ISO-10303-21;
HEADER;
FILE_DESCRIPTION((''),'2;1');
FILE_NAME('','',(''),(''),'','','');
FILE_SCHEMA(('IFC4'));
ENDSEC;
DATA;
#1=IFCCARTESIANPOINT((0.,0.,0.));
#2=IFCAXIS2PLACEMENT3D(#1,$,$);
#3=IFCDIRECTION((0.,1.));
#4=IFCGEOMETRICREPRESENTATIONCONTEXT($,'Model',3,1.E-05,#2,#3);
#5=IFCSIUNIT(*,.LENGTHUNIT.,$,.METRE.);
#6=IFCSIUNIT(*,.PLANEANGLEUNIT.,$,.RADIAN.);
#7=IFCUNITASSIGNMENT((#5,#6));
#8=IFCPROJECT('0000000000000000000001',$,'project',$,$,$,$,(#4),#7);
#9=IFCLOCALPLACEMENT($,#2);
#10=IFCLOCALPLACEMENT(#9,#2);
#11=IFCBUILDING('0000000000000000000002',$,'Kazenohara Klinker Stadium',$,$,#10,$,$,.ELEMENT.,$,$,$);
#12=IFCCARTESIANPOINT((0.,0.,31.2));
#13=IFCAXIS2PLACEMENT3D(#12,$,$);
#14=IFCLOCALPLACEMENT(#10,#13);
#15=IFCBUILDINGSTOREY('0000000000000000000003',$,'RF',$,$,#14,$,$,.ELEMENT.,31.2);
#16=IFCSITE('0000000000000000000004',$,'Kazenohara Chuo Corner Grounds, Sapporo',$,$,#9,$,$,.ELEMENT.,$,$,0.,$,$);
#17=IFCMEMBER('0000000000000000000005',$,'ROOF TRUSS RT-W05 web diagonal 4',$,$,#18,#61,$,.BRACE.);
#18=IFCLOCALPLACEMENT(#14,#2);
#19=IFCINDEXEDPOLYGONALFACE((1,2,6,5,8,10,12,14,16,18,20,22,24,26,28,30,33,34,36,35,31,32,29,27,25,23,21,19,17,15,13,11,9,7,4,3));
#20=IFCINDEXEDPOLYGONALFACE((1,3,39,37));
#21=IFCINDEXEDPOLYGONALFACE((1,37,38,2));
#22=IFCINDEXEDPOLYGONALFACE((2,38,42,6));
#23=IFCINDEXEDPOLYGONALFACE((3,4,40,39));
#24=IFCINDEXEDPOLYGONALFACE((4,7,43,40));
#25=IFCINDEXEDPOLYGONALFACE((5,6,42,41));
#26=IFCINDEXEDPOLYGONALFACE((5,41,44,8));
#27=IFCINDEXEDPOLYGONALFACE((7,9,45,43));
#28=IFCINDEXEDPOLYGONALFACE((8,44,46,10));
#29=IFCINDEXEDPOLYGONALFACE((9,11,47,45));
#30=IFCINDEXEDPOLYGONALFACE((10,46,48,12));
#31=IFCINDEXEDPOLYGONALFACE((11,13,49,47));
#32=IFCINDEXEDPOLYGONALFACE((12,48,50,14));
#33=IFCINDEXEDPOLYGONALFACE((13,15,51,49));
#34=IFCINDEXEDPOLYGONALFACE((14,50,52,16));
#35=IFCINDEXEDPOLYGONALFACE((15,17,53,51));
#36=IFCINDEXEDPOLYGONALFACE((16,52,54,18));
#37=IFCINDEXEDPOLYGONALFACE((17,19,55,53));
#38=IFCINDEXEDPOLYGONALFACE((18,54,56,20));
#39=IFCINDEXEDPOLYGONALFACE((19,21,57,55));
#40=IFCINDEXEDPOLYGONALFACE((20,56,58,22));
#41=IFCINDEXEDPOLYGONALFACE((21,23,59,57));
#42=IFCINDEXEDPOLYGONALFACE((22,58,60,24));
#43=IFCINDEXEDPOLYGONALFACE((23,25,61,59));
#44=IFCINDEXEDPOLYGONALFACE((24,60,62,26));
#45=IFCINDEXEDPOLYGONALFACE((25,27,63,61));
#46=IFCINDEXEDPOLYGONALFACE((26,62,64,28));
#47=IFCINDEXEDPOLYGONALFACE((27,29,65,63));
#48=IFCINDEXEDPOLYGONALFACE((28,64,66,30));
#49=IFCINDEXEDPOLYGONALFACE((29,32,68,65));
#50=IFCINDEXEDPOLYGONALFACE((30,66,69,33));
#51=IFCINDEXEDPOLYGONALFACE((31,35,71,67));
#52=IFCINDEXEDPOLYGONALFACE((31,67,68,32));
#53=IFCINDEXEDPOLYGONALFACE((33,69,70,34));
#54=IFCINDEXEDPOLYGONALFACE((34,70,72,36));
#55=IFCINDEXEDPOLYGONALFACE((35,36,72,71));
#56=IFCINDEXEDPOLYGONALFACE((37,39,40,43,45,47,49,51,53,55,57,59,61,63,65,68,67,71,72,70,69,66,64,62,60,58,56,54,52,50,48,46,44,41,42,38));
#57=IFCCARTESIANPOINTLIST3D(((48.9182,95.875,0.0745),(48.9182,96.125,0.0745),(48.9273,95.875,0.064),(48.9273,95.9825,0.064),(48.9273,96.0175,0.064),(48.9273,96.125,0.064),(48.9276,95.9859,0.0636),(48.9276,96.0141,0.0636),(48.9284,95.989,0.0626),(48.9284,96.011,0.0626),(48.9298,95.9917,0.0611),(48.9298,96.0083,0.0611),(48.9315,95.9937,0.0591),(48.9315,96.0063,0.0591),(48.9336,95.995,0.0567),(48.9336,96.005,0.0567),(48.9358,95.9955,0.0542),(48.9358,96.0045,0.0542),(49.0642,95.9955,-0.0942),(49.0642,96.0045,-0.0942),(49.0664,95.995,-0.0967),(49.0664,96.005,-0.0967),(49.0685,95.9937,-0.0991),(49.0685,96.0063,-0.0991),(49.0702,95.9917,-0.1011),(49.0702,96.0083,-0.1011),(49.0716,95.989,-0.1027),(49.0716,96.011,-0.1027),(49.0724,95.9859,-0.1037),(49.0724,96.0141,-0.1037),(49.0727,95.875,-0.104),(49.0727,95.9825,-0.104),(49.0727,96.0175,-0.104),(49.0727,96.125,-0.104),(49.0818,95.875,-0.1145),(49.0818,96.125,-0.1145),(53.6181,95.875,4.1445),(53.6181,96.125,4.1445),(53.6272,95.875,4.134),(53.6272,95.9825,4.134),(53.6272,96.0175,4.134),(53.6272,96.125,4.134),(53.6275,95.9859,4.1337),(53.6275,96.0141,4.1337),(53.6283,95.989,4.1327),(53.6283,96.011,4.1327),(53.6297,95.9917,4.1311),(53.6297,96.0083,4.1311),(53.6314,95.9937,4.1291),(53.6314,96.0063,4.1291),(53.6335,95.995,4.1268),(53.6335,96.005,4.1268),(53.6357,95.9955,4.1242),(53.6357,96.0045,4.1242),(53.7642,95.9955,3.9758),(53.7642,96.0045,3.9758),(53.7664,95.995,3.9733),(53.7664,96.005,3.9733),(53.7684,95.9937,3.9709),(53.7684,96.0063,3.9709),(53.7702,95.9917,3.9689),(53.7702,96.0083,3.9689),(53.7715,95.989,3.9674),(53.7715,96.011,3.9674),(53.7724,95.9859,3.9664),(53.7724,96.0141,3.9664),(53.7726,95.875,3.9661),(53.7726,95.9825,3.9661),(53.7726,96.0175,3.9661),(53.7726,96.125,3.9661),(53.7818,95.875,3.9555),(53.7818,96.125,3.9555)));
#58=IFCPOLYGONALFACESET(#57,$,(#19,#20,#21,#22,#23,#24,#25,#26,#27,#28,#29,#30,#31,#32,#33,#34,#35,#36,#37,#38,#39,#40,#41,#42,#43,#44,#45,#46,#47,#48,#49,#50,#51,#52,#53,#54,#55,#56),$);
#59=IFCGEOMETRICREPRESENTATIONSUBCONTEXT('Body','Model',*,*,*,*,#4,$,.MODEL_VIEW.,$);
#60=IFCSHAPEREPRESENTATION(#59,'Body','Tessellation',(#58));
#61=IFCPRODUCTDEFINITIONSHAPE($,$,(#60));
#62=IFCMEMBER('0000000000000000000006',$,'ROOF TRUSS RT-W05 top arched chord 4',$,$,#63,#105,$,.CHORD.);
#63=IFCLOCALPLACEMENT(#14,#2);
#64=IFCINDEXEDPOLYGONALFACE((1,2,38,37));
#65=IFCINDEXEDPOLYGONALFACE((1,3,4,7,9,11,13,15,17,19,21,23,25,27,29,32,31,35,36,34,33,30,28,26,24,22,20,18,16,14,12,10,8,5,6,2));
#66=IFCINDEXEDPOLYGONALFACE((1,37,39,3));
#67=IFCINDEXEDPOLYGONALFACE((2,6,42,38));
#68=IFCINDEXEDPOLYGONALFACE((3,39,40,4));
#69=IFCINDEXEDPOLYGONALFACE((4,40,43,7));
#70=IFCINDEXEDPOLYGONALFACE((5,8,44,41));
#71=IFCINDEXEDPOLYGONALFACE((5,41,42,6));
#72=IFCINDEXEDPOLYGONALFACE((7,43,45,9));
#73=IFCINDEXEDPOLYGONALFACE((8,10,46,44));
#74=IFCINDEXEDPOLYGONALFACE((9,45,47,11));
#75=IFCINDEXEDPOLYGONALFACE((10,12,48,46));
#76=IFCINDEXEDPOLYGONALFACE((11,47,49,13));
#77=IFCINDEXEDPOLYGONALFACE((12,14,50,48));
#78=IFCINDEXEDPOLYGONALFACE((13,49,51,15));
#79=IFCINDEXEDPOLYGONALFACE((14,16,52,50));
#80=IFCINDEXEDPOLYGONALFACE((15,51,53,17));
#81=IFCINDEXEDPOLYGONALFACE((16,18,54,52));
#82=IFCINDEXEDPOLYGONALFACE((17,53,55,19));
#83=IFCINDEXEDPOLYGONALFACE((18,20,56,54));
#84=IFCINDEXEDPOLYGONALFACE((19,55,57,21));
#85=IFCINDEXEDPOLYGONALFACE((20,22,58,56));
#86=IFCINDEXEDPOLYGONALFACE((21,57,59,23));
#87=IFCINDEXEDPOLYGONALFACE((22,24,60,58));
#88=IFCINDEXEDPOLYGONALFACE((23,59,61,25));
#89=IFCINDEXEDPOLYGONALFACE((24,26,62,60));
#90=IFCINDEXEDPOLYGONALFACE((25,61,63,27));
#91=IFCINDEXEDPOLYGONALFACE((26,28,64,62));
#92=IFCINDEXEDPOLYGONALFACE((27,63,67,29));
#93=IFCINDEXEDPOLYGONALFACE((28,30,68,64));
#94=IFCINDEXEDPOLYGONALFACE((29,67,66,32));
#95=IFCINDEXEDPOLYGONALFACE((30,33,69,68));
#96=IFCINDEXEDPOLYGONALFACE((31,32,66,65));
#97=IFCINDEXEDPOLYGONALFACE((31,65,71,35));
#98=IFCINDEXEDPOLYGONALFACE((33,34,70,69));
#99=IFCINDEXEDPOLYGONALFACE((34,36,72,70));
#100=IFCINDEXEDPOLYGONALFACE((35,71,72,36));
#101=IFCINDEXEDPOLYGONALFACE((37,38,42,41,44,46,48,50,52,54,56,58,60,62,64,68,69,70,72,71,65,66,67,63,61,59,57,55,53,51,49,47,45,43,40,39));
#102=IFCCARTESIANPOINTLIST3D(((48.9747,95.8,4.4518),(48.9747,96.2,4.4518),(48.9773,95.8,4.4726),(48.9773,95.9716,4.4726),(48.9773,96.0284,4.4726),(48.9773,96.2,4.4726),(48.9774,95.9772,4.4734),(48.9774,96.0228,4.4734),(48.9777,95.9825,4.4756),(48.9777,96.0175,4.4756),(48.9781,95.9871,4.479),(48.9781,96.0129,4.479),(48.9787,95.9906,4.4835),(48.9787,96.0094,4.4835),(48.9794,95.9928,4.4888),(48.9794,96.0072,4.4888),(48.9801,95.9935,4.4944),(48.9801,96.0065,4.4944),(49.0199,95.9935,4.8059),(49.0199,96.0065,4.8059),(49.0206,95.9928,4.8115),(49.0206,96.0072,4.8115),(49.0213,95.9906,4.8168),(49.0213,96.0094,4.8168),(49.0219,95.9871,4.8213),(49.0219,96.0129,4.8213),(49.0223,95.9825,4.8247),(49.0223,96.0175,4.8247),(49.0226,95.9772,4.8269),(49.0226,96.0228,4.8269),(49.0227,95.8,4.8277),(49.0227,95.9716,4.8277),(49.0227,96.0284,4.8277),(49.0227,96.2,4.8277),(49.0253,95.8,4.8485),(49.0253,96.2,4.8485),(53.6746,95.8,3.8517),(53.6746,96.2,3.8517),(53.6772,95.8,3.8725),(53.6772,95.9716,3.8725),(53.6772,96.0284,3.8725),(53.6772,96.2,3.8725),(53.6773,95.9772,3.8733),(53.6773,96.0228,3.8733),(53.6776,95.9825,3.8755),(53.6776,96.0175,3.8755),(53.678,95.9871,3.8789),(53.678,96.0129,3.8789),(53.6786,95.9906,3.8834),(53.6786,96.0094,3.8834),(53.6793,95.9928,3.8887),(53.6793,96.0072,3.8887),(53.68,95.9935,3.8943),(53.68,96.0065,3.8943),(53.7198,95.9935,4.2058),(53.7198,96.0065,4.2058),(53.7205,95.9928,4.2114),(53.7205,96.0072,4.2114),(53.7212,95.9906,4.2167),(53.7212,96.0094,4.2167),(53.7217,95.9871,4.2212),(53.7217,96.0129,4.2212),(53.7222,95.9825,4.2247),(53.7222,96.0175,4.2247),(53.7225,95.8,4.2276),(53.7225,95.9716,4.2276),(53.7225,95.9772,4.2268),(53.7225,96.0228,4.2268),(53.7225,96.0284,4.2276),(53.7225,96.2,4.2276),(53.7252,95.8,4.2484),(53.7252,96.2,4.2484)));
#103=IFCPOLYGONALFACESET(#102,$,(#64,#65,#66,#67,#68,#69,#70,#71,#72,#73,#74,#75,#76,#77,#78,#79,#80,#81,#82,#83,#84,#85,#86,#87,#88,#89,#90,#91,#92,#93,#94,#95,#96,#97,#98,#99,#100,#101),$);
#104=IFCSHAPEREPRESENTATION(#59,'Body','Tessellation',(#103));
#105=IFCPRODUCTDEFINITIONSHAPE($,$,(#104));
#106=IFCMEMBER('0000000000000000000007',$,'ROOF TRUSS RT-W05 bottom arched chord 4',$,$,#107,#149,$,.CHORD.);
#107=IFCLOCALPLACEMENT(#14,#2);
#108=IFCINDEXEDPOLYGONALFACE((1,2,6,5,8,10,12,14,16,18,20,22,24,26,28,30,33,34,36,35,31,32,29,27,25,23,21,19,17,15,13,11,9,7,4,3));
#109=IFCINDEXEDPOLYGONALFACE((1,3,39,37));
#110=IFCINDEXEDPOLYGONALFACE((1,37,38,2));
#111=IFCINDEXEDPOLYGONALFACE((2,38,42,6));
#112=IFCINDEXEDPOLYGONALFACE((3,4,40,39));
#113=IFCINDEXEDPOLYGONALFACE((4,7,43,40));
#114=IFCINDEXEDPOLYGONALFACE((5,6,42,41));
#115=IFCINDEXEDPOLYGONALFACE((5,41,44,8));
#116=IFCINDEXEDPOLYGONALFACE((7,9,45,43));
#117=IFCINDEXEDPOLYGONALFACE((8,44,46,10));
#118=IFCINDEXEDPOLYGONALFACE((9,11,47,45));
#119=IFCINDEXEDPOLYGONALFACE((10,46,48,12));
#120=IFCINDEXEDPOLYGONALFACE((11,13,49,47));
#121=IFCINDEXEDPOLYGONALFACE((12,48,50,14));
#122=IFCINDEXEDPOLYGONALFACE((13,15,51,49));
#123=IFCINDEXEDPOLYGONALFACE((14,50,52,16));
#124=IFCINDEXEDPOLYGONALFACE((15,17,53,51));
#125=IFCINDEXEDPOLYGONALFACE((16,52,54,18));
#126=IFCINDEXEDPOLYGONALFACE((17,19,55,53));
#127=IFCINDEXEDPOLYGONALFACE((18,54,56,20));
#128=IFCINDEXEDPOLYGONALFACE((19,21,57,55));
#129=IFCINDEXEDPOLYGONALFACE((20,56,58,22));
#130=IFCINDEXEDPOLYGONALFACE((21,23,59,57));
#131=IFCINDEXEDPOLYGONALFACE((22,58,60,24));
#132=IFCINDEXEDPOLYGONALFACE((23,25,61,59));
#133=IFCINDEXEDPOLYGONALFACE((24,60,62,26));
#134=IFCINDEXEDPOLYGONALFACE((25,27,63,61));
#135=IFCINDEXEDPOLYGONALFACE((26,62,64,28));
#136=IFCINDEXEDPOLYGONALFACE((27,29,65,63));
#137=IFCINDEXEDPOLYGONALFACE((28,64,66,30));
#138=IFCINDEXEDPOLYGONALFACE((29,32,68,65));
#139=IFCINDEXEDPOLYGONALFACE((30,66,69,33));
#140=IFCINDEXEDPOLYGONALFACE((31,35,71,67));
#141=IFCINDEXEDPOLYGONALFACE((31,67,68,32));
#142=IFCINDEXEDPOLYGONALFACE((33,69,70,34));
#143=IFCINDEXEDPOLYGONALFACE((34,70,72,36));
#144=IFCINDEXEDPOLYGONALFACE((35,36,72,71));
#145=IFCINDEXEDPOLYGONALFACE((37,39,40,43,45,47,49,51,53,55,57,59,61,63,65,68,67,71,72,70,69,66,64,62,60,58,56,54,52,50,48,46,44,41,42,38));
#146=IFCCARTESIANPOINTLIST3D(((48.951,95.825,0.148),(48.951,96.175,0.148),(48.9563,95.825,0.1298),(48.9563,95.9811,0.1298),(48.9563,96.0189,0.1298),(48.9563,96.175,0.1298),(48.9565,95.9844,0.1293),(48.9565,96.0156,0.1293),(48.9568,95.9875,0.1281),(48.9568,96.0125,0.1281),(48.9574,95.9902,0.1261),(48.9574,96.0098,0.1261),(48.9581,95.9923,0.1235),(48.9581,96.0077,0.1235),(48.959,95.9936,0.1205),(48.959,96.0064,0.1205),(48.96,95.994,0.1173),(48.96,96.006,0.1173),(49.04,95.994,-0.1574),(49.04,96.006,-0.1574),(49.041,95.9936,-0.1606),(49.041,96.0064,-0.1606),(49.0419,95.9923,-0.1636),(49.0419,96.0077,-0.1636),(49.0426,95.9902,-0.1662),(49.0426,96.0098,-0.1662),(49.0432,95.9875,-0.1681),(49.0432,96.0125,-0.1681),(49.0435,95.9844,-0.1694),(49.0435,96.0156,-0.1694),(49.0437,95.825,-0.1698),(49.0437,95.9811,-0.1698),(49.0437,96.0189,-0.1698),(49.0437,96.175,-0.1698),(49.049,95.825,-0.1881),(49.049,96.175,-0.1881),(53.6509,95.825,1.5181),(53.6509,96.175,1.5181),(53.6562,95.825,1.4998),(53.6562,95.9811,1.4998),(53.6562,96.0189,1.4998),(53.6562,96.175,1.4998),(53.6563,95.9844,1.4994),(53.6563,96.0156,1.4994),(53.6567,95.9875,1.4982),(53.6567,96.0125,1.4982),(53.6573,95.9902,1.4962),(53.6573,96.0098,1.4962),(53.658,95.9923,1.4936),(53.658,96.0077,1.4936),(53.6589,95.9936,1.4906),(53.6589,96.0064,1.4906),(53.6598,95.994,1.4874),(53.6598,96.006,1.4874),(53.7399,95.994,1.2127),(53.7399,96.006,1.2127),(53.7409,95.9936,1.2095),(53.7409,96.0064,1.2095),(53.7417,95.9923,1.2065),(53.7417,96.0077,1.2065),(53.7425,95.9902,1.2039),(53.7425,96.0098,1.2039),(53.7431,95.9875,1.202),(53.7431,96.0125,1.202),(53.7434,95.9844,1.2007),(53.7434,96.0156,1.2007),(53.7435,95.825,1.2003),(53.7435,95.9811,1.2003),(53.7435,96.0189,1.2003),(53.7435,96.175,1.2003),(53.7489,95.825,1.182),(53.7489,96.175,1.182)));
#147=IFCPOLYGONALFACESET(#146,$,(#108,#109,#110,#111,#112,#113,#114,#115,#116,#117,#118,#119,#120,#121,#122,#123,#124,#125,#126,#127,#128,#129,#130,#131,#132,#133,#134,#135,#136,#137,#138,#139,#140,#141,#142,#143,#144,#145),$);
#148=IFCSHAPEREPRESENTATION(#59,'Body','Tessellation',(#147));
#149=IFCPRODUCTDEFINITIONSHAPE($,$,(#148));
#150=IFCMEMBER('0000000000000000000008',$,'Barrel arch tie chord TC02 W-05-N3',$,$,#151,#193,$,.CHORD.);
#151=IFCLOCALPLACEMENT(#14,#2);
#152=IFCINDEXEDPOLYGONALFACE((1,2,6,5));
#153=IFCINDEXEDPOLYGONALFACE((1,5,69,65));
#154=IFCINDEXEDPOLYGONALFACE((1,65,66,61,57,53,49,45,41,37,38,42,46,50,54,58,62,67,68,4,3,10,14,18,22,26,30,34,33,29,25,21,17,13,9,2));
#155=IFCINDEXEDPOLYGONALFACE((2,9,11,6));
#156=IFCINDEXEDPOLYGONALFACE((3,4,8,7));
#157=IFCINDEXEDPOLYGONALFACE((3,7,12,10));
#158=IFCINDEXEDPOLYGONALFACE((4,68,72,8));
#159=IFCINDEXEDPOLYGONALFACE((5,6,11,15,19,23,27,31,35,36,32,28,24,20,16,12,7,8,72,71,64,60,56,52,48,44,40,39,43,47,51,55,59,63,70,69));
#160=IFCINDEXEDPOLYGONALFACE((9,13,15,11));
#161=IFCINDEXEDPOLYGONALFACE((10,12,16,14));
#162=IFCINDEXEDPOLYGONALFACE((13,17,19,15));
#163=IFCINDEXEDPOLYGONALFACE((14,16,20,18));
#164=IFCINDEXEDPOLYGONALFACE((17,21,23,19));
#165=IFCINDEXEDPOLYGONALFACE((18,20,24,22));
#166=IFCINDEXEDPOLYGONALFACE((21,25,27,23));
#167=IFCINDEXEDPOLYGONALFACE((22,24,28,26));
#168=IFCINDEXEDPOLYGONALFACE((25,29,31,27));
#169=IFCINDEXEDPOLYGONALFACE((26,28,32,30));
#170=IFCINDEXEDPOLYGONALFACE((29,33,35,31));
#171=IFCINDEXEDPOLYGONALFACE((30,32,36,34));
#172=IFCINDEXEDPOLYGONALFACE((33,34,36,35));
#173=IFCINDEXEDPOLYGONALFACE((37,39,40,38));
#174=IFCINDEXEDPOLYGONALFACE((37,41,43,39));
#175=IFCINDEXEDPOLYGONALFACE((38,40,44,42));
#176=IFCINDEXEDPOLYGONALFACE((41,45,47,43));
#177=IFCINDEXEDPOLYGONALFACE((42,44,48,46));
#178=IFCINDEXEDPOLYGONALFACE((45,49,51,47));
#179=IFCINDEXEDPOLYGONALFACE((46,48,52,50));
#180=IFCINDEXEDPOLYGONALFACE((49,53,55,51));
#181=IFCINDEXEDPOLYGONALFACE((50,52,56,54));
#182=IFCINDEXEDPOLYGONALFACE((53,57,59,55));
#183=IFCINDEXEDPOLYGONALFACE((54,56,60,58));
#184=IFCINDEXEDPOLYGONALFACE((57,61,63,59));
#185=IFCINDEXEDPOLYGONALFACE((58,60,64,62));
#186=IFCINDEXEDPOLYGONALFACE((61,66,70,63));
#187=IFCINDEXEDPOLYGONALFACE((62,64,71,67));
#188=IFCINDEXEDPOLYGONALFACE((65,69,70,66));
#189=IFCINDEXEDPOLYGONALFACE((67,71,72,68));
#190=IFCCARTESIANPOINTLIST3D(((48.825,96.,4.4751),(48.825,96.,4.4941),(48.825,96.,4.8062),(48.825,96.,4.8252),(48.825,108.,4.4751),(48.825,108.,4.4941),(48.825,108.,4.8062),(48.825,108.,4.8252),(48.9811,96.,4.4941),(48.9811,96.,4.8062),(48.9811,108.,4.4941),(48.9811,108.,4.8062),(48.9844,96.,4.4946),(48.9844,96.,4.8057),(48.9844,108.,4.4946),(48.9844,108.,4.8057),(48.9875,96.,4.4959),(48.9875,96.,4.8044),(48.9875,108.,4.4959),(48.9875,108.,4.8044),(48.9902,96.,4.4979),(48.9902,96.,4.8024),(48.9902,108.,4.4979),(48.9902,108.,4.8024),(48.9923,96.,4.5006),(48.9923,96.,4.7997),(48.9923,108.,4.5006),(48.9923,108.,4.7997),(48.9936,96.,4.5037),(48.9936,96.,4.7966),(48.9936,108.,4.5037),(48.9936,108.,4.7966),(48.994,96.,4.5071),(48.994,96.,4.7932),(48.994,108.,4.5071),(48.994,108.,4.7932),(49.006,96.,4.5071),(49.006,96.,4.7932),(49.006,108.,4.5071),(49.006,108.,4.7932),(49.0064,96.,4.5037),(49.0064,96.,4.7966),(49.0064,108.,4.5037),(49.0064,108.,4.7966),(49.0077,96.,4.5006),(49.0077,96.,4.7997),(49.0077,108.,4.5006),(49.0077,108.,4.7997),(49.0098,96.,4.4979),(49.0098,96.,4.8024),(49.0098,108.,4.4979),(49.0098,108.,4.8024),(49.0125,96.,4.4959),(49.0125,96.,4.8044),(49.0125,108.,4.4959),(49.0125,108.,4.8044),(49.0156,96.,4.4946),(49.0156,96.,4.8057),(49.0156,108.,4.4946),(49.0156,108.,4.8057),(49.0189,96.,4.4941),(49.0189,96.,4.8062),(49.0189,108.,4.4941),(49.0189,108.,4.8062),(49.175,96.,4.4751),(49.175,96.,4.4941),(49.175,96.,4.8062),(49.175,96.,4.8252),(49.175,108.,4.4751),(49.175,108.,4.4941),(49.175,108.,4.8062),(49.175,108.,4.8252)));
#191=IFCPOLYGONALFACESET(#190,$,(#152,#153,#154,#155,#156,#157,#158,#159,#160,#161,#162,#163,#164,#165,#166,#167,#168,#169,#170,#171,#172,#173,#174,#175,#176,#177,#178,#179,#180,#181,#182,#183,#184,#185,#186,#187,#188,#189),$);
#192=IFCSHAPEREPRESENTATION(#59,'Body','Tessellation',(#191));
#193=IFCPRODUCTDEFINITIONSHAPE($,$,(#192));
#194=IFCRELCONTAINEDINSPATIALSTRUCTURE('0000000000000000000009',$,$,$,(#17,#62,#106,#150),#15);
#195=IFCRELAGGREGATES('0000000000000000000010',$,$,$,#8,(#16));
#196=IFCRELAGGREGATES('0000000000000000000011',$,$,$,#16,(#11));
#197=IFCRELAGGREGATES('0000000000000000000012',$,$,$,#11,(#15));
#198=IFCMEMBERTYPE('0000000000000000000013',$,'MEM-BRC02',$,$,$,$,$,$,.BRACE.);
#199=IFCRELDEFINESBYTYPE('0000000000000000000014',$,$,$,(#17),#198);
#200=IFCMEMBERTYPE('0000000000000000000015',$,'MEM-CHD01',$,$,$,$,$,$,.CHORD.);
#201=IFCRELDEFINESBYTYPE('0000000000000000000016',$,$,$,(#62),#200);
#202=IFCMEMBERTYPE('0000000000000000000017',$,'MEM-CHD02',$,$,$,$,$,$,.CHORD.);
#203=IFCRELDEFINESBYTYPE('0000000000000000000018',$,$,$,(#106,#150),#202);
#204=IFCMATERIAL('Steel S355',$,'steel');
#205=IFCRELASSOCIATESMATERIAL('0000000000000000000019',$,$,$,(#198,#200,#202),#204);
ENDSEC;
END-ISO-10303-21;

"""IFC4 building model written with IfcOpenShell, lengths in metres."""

from ifc_helpers import new_model, si_unit, direction, frame, origin, origin_2d, place, context, subcontext, project, spatial, i_section, extrude, material, material_profile, profile_set, type_object, element, save


model = new_model("IFC4")

# Units and contexts
model_context = context("Model", 3, precision=1e-05, world=origin(), true_north=direction((0.0, 1.0)))
body_context = subcontext(model_context, "Body", "Model", "MODEL_VIEW")
ifc_project = project(units=[si_unit("LENGTHUNIT", "METRE"), si_unit("PLANEANGLEUNIT", "RADIAN")], contexts=[model_context])

# Site, building, storey
site_placement = place(None, origin())
site = spatial("IfcSite", under=ifc_project, at=site_placement, Name="Kazenohara Chuo Corner Grounds, Sapporo", CompositionType="ELEMENT", RefElevation=0.0)
building_placement = place(site_placement, origin())
building = spatial("IfcBuilding", under=site, at=building_placement, Name="Kazenohara Klinker Stadium", CompositionType="ELEMENT")
storey_placement = place(building_placement, frame((0.0, 0.0, 31.2)))
storey = spatial("IfcBuildingStorey", under=building, at=storey_placement, Name="RF", CompositionType="ELEMENT", Elevation=31.2)

# Members
ifc_material_1 = material(Name="Steel S355", Category="steel")
ifc_material_profile_1 = material_profile(ifc_material_1, i_section(OverallWidth=0.25, OverallDepth=0.25, WebThickness=0.009, FlangeThickness=0.0139, FilletRadius=0.0129, at=origin_2d()), Name="H-250x250x9x14")
ifc_profile_set_1 = profile_set([ifc_material_profile_1], Name="Steel S355")
member_type_1 = type_object("IfcMemberType", Name="MEM-BRC02", PredefinedType="BRACE", material=ifc_profile_set_1)
member_1_placement = place(storey_placement, frame((49.0, 96.0, -0.02), z_axis=(0.755946, 0.0, 0.654634), x_axis=(0.0, 1.0, 0.0)))
element("IfcMember", 1, at=member_1_placement, inside=storey, type_object=member_type_1, Name="ROOF TRUSS RT-W05 web diagonal 4", PredefinedType="BRACE", context=body_context, shape_type="SweptSolid", body=[
    extrude(i_section(OverallWidth=0.25, OverallDepth=0.25, WebThickness=0.009, FlangeThickness=0.0139, FilletRadius=0.0129, at=origin_2d()), origin(), (0.0, 0.0, 1.0), 6.2173),
])
ifc_material_profile_2 = material_profile(ifc_material_1, i_section(OverallWidth=0.3999, OverallDepth=0.3999, WebThickness=0.0129, FlangeThickness=0.021, FilletRadius=0.022, at=origin_2d()), Name="H-400x400x13x21")
ifc_profile_set_2 = profile_set([ifc_material_profile_2], Name="Steel S355")
member_type_2 = type_object("IfcMemberType", Name="MEM-CHD01", PredefinedType="CHORD", material=ifc_profile_set_2)
member_2_placement = place(storey_placement, frame((49.0, 96.0, 4.6501), z_axis=(0.991947, 0.0, -0.126653), x_axis=(0.0, 1.0, 0.0)))
element("IfcMember", 2, at=member_2_placement, inside=storey, type_object=member_type_2, Name="ROOF TRUSS RT-W05 top arched chord 4", PredefinedType="CHORD", context=body_context, shape_type="SweptSolid", body=[
    extrude(i_section(OverallWidth=0.3999, OverallDepth=0.3999, WebThickness=0.0129, FlangeThickness=0.021, FilletRadius=0.022, at=origin_2d()), origin(), (0.0, 0.0, 1.0), 4.738),
])
ifc_material_profile_3 = material_profile(ifc_material_1, i_section(OverallWidth=0.3501, OverallDepth=0.3501, WebThickness=0.012, FlangeThickness=0.019, FilletRadius=0.0129, at=origin_2d()), Name="H-350x350x12x19")
ifc_profile_set_3 = profile_set([ifc_material_profile_3], Name="Steel S355")
member_type_3 = type_object("IfcMemberType", Name="MEM-CHD02", PredefinedType="CHORD", material=ifc_profile_set_3)
member_3_placement = place(storey_placement, frame((49.0, 96.0, -0.02), z_axis=(0.960039, 0.0, 0.279868), x_axis=(0.0, 1.0, 0.0)))
element("IfcMember", 3, at=member_3_placement, inside=storey, type_object=member_type_3, Name="ROOF TRUSS RT-W05 bottom arched chord 4", PredefinedType="CHORD", context=body_context, shape_type="SweptSolid", body=[
    extrude(i_section(OverallWidth=0.3501, OverallDepth=0.3501, WebThickness=0.012, FlangeThickness=0.019, FilletRadius=0.0129, at=origin_2d()), origin(), (0.0, 0.0, 1.0), 4.8955),
])
member_4_placement = place(storey_placement, frame((49.0, 96.0, 4.6501), z_axis=(0.0, 1.0, 0.0), x_axis=(-1.0, 0.0, 0.0)))
element("IfcMember", 4, at=member_4_placement, inside=storey, type_object=member_type_3, Name="Barrel arch tie chord TC02 W-05-N3", PredefinedType="CHORD", context=body_context, shape_type="SweptSolid", body=[
    extrude(i_section(OverallWidth=0.3501, OverallDepth=0.3501, WebThickness=0.012, FlangeThickness=0.019, FilletRadius=0.0129, at=origin_2d()), origin(), (0.0, 0.0, 1.0), 12.0),
])

save(model, "model.ifc")
